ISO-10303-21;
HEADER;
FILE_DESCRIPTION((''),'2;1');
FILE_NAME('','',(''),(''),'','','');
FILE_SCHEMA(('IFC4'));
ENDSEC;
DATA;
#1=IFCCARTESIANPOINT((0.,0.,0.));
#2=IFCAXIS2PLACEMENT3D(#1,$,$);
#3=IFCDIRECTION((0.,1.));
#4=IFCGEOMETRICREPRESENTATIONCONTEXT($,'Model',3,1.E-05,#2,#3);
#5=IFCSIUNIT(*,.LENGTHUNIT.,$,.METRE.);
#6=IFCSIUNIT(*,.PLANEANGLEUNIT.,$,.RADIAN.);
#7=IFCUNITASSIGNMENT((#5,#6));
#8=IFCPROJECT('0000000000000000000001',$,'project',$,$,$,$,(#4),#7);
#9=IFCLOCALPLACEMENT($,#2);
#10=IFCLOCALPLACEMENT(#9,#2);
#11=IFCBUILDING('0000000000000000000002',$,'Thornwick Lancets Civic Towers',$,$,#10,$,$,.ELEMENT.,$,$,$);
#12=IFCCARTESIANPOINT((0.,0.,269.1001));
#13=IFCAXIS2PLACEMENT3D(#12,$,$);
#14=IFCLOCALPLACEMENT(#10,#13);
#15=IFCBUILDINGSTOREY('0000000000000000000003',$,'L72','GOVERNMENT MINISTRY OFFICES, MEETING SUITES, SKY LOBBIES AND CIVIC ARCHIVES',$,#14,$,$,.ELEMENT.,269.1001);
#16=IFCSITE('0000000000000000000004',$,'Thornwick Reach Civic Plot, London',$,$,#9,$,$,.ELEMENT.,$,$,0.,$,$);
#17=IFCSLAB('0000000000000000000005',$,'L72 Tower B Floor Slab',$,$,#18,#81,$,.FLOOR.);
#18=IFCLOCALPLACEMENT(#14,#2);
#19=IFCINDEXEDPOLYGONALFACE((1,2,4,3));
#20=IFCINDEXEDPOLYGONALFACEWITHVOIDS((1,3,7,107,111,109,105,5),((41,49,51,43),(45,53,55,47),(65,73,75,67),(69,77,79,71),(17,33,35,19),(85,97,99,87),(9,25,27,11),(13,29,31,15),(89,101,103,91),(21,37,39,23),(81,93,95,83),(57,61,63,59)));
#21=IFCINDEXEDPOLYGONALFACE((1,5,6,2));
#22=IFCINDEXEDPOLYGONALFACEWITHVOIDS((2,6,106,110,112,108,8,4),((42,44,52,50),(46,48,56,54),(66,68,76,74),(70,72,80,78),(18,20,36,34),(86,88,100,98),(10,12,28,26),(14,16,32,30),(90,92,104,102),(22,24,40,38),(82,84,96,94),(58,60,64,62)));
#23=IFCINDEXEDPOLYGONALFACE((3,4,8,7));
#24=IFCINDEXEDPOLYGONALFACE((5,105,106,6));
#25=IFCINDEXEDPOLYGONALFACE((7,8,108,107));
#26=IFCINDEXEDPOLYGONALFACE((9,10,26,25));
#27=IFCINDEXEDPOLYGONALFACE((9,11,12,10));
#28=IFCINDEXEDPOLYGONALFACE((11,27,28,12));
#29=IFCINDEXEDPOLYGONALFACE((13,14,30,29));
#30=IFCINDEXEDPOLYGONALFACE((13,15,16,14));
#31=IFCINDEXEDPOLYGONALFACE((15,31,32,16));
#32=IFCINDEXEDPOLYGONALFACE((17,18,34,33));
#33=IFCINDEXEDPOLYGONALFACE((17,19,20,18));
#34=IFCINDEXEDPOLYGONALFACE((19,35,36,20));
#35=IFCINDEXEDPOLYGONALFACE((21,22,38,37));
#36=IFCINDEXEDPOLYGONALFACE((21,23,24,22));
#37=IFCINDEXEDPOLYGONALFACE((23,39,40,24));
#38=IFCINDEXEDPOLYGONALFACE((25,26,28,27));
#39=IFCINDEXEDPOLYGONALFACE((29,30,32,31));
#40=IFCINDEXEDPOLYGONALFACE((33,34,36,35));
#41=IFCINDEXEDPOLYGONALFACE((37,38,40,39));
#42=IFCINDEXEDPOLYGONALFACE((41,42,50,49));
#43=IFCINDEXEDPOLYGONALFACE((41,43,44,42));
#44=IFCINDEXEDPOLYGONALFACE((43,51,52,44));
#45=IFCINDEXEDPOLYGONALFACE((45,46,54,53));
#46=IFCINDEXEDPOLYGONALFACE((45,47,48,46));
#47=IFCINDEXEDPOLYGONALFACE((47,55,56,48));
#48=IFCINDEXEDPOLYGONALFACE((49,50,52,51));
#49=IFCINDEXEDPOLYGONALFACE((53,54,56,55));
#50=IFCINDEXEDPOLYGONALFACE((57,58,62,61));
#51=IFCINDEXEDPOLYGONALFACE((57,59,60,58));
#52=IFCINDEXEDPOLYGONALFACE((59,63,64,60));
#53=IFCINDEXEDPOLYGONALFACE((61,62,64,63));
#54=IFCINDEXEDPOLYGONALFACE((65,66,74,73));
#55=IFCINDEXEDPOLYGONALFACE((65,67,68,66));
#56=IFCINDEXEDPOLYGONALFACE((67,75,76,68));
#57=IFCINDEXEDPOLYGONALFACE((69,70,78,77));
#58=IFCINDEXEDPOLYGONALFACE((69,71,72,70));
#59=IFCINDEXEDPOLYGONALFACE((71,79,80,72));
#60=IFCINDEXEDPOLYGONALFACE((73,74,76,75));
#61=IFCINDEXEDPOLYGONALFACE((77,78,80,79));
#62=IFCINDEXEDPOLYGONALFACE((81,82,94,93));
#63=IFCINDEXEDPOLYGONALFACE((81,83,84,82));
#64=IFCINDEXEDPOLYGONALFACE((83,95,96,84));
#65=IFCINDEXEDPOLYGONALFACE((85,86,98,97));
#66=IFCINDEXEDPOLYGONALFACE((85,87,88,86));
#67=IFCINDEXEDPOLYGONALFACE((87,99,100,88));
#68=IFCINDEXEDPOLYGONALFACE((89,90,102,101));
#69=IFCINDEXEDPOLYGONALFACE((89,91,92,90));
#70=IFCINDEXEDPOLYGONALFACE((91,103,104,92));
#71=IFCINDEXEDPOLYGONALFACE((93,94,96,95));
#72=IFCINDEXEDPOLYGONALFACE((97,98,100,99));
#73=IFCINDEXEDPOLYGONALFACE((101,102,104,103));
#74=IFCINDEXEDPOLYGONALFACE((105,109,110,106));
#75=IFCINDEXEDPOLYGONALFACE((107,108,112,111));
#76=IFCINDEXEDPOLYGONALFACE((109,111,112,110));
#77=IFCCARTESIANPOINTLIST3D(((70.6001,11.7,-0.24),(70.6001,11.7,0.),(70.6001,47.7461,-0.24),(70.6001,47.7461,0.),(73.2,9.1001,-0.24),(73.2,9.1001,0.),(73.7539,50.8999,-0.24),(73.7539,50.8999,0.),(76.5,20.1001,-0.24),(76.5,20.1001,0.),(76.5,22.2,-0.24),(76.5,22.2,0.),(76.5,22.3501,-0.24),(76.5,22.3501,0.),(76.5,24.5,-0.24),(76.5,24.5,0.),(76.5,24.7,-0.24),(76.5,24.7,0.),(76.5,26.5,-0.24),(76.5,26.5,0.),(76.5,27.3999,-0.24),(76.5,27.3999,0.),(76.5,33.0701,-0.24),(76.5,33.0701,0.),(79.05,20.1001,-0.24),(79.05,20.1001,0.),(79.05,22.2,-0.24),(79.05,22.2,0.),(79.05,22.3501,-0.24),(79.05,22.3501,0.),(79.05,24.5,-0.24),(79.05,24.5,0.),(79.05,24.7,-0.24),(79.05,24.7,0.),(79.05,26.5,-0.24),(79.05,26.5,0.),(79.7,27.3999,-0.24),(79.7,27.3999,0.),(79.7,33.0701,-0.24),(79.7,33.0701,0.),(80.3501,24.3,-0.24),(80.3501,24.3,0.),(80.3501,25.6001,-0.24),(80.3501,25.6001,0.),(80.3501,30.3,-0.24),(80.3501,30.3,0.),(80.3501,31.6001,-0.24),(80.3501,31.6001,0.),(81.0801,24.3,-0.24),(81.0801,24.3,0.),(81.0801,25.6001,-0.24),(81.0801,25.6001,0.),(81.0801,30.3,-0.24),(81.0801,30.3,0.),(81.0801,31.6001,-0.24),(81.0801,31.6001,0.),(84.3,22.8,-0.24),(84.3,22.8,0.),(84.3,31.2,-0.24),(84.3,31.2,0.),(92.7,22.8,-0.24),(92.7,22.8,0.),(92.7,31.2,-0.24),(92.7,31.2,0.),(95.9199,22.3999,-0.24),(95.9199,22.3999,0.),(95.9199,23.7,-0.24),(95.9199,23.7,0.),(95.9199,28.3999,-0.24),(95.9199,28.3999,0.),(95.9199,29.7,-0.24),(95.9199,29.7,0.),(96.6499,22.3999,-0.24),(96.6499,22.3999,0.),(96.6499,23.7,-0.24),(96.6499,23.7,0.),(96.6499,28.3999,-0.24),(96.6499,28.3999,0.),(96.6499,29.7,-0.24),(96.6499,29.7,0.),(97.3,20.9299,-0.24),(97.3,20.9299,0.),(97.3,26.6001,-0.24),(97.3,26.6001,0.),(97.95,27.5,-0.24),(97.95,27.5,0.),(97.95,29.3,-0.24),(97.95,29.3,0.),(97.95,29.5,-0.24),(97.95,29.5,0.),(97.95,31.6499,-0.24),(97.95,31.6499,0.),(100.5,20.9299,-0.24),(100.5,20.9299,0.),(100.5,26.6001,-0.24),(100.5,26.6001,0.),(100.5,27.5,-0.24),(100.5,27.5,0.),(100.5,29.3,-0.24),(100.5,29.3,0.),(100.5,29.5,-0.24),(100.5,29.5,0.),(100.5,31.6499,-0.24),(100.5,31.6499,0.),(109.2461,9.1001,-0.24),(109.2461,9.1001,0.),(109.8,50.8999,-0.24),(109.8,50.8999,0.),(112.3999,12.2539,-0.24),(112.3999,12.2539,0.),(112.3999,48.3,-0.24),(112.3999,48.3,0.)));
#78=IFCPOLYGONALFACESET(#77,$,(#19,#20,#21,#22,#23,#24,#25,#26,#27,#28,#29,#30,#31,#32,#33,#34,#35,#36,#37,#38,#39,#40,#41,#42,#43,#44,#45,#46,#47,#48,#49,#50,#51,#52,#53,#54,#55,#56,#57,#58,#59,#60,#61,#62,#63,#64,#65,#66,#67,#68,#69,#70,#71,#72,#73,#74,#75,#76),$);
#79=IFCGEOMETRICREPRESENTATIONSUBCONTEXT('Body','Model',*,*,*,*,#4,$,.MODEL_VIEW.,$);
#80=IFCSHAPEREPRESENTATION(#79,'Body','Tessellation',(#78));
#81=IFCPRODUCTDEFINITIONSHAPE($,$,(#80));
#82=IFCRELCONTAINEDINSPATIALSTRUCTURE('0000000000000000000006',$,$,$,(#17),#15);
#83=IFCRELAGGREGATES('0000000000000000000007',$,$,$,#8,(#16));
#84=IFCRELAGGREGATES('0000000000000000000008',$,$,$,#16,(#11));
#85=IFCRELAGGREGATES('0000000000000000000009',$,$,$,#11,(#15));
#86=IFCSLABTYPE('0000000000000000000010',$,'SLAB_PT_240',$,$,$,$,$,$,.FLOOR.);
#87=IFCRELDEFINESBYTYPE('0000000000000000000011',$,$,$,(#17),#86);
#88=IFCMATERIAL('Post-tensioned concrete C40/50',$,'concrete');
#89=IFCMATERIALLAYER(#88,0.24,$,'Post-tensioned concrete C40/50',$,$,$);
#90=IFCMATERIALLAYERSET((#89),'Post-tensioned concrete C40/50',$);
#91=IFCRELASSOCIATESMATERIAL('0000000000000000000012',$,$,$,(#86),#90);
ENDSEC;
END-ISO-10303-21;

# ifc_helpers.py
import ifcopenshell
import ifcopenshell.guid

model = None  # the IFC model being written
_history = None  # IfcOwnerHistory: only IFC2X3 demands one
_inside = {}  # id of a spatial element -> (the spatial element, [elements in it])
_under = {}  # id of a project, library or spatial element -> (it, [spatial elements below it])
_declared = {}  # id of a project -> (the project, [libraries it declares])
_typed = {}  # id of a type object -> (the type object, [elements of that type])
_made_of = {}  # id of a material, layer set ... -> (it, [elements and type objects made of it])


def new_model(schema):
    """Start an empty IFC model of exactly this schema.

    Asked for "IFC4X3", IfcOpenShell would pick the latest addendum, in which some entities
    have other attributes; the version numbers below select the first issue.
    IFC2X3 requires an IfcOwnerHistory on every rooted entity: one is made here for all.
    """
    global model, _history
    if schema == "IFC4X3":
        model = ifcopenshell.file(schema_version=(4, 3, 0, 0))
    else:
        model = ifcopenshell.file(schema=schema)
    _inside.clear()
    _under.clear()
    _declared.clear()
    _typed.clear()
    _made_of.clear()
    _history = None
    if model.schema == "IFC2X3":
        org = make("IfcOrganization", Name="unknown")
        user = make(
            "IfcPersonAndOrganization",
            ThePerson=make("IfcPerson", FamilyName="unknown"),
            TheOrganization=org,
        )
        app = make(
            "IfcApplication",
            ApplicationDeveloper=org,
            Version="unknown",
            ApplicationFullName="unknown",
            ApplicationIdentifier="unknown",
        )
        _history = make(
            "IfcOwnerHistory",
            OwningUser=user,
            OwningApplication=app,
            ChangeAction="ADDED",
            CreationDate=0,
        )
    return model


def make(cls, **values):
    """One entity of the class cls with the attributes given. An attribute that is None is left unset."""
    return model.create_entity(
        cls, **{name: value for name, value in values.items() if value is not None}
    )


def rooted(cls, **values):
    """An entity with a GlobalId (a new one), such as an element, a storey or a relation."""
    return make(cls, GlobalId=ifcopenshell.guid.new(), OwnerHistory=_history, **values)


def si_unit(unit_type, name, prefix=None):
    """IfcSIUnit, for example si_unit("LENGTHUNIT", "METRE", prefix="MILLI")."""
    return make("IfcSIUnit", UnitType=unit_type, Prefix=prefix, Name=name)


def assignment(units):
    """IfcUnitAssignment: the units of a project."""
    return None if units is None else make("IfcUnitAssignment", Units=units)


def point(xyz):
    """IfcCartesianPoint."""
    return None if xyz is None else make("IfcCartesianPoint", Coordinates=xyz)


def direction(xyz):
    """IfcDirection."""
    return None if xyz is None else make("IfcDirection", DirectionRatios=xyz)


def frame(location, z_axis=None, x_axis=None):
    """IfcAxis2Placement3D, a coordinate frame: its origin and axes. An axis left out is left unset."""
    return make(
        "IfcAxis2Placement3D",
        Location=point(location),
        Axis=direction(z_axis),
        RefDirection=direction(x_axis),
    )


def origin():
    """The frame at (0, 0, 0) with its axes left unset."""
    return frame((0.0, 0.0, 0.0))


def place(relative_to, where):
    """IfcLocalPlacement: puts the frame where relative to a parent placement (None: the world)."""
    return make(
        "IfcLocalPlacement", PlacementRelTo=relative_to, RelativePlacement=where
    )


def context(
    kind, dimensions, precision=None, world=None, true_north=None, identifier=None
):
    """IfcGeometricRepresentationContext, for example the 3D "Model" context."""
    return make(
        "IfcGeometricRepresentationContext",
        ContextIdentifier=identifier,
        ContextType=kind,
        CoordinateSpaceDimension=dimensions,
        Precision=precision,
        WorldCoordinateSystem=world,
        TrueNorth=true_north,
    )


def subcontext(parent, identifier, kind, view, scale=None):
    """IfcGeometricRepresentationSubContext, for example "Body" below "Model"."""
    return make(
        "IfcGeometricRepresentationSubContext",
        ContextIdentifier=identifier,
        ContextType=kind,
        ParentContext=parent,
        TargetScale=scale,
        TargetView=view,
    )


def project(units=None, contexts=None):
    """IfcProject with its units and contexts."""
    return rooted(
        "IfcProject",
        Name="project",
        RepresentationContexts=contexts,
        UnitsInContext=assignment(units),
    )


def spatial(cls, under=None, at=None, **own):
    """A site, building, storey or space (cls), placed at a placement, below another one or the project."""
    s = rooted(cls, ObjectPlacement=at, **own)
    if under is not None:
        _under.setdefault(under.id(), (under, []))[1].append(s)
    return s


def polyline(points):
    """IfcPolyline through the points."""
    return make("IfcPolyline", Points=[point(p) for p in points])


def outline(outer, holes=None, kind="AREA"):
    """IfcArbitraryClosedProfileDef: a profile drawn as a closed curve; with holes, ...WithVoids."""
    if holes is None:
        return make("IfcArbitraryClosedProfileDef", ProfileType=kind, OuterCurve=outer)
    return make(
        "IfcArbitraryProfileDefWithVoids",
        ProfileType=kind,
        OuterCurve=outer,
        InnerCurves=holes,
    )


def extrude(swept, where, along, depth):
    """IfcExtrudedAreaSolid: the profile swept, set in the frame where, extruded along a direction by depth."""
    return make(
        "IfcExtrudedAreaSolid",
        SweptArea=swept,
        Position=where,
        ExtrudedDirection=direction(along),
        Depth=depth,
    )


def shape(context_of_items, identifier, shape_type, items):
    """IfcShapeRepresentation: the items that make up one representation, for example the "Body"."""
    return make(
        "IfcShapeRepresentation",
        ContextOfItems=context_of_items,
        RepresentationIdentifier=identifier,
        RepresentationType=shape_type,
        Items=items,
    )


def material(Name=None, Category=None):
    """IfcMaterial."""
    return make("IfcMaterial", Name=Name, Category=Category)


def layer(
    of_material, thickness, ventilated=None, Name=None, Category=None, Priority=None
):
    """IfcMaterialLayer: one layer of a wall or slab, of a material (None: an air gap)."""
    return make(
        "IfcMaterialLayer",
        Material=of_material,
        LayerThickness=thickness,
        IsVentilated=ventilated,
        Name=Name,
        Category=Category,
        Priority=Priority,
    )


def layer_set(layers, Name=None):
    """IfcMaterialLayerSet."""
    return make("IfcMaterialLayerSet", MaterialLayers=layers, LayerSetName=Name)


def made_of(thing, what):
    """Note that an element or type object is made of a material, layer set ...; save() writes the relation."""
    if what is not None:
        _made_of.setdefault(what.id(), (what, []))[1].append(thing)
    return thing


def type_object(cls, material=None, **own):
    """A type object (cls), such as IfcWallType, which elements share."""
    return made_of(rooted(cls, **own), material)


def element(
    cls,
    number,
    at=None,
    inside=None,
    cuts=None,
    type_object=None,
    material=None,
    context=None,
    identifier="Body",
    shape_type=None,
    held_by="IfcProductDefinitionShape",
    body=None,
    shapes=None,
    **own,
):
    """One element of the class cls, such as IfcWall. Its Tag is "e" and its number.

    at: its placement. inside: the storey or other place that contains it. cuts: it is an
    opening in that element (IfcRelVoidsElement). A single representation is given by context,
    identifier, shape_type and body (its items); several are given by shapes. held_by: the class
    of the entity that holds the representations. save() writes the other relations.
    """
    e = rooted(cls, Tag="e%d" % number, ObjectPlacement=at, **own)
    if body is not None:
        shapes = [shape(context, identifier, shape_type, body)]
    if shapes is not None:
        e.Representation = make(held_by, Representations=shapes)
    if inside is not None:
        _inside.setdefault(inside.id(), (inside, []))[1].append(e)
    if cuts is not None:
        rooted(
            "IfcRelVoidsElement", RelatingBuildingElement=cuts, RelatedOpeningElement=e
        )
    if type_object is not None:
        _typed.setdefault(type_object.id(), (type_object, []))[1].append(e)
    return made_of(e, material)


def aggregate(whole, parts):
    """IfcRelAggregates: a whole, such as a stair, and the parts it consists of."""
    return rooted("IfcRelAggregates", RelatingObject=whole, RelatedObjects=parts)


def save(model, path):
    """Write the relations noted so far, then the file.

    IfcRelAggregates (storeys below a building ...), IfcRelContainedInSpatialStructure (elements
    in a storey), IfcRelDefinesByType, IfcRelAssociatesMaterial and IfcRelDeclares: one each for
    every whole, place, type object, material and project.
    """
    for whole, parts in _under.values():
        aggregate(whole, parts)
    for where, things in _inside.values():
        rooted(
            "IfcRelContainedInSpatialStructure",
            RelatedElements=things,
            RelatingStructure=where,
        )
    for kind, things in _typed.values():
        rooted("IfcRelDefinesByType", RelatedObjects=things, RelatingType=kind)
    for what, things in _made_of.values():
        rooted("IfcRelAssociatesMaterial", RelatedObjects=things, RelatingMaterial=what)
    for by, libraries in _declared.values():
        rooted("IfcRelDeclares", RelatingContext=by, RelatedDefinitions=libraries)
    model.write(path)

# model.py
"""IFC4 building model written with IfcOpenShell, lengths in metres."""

from ifc_helpers import new_model, si_unit, direction, frame, origin, place, context, subcontext, project, spatial, polyline, outline, extrude, material, layer, layer_set, type_object, element, save


model = new_model("IFC4")

# Units and contexts
model_context = context("Model", 3, precision=1e-05, world=origin(), true_north=direction((0.0, 1.0)))
body_context = subcontext(model_context, "Body", "Model", "MODEL_VIEW")
ifc_project = project(units=[si_unit("LENGTHUNIT", "METRE"), si_unit("PLANEANGLEUNIT", "RADIAN")], contexts=[model_context])

# Site, building, storey
site_placement = place(None, origin())
site = spatial("IfcSite", under=ifc_project, at=site_placement, Name="Thornwick Reach Civic Plot, London", CompositionType="ELEMENT", RefElevation=0.0)
building_placement = place(site_placement, origin())
building = spatial("IfcBuilding", under=site, at=building_placement, Name="Thornwick Lancets Civic Towers", CompositionType="ELEMENT")
storey_placement = place(building_placement, frame((0.0, 0.0, 269.1001)))
storey = spatial("IfcBuildingStorey", under=building, at=storey_placement, Name="L72", Description="GOVERNMENT MINISTRY OFFICES, MEETING SUITES, SKY LOBBIES AND CIVIC ARCHIVES", CompositionType="ELEMENT", Elevation=269.1001)

# Shared definitions
ifc_material_1 = material(Name="Post-tensioned concrete C40/50", Category="concrete")

# Slab
ifc_layer_1 = layer(ifc_material_1, 0.24, Name="Post-tensioned concrete C40/50")
ifc_layer_set_1 = layer_set([ifc_layer_1], Name="Post-tensioned concrete C40/50")
slab_type_1 = type_object("IfcSlabType", Name="SLAB_PT_240", PredefinedType="FLOOR", material=ifc_layer_set_1)
slab_1_placement = place(storey_placement, frame((0.0, 0.0, -0.24)))
element("IfcSlab", 1, at=slab_1_placement, inside=storey, type_object=slab_type_1, Name="L72 Tower B Floor Slab", PredefinedType="FLOOR", context=body_context, shape_type="SweptSolid", body=[
    extrude(outline(polyline([(73.2, 9.1001), (109.2461, 9.1001), (112.3999, 12.2539), (112.3999, 48.3), (109.8, 50.8999), (73.7539, 50.8999), (70.6001, 47.7461), (70.6001, 11.7), (73.2, 9.1001)]), holes=[polyline([(84.3, 22.8), (92.7, 22.8), (92.7, 31.2), (84.3, 31.2), (84.3, 22.8)]), polyline([(100.5, 20.9299), (100.5, 26.6001), (97.3, 26.6001), (97.3, 20.9299), (100.5, 20.9299)]), polyline([(76.5, 33.0701), (76.5, 27.3999), (79.7, 27.3999), (79.7, 33.0701), (76.5, 33.0701)]), polyline([(97.95, 27.5), (100.5, 27.5), (100.5, 29.3), (97.95, 29.3), (97.95, 27.5)]), polyline([(97.95, 29.5), (100.5, 29.5), (100.5, 31.6499), (97.95, 31.6499), (97.95, 29.5)]), polyline([(76.5, 24.7), (79.05, 24.7), (79.05, 26.5), (76.5, 26.5), (76.5, 24.7)]), polyline([(76.5, 22.3501), (79.05, 22.3501), (79.05, 24.5), (76.5, 24.5), (76.5, 22.3501)]), polyline([(76.5, 20.1001), (79.05, 20.1001), (79.05, 22.2), (76.5, 22.2), (76.5, 20.1001)]), polyline([(95.9199, 28.3999), (96.6499, 28.3999), (96.6499, 29.7), (95.9199, 29.7), (95.9199, 28.3999)]), polyline([(95.9199, 22.3999), (96.6499, 22.3999), (96.6499, 23.7), (95.9199, 23.7), (95.9199, 22.3999)]), polyline([(80.3501, 24.3), (81.0801, 24.3), (81.0801, 25.6001), (80.3501, 25.6001), (80.3501, 24.3)]), polyline([(80.3501, 30.3), (81.0801, 30.3), (81.0801, 31.6001), (80.3501, 31.6001), (80.3501, 30.3)])]), origin(), (0.0, 0.0, 1.0), 0.24),
])

save(model, "model.ifc")
